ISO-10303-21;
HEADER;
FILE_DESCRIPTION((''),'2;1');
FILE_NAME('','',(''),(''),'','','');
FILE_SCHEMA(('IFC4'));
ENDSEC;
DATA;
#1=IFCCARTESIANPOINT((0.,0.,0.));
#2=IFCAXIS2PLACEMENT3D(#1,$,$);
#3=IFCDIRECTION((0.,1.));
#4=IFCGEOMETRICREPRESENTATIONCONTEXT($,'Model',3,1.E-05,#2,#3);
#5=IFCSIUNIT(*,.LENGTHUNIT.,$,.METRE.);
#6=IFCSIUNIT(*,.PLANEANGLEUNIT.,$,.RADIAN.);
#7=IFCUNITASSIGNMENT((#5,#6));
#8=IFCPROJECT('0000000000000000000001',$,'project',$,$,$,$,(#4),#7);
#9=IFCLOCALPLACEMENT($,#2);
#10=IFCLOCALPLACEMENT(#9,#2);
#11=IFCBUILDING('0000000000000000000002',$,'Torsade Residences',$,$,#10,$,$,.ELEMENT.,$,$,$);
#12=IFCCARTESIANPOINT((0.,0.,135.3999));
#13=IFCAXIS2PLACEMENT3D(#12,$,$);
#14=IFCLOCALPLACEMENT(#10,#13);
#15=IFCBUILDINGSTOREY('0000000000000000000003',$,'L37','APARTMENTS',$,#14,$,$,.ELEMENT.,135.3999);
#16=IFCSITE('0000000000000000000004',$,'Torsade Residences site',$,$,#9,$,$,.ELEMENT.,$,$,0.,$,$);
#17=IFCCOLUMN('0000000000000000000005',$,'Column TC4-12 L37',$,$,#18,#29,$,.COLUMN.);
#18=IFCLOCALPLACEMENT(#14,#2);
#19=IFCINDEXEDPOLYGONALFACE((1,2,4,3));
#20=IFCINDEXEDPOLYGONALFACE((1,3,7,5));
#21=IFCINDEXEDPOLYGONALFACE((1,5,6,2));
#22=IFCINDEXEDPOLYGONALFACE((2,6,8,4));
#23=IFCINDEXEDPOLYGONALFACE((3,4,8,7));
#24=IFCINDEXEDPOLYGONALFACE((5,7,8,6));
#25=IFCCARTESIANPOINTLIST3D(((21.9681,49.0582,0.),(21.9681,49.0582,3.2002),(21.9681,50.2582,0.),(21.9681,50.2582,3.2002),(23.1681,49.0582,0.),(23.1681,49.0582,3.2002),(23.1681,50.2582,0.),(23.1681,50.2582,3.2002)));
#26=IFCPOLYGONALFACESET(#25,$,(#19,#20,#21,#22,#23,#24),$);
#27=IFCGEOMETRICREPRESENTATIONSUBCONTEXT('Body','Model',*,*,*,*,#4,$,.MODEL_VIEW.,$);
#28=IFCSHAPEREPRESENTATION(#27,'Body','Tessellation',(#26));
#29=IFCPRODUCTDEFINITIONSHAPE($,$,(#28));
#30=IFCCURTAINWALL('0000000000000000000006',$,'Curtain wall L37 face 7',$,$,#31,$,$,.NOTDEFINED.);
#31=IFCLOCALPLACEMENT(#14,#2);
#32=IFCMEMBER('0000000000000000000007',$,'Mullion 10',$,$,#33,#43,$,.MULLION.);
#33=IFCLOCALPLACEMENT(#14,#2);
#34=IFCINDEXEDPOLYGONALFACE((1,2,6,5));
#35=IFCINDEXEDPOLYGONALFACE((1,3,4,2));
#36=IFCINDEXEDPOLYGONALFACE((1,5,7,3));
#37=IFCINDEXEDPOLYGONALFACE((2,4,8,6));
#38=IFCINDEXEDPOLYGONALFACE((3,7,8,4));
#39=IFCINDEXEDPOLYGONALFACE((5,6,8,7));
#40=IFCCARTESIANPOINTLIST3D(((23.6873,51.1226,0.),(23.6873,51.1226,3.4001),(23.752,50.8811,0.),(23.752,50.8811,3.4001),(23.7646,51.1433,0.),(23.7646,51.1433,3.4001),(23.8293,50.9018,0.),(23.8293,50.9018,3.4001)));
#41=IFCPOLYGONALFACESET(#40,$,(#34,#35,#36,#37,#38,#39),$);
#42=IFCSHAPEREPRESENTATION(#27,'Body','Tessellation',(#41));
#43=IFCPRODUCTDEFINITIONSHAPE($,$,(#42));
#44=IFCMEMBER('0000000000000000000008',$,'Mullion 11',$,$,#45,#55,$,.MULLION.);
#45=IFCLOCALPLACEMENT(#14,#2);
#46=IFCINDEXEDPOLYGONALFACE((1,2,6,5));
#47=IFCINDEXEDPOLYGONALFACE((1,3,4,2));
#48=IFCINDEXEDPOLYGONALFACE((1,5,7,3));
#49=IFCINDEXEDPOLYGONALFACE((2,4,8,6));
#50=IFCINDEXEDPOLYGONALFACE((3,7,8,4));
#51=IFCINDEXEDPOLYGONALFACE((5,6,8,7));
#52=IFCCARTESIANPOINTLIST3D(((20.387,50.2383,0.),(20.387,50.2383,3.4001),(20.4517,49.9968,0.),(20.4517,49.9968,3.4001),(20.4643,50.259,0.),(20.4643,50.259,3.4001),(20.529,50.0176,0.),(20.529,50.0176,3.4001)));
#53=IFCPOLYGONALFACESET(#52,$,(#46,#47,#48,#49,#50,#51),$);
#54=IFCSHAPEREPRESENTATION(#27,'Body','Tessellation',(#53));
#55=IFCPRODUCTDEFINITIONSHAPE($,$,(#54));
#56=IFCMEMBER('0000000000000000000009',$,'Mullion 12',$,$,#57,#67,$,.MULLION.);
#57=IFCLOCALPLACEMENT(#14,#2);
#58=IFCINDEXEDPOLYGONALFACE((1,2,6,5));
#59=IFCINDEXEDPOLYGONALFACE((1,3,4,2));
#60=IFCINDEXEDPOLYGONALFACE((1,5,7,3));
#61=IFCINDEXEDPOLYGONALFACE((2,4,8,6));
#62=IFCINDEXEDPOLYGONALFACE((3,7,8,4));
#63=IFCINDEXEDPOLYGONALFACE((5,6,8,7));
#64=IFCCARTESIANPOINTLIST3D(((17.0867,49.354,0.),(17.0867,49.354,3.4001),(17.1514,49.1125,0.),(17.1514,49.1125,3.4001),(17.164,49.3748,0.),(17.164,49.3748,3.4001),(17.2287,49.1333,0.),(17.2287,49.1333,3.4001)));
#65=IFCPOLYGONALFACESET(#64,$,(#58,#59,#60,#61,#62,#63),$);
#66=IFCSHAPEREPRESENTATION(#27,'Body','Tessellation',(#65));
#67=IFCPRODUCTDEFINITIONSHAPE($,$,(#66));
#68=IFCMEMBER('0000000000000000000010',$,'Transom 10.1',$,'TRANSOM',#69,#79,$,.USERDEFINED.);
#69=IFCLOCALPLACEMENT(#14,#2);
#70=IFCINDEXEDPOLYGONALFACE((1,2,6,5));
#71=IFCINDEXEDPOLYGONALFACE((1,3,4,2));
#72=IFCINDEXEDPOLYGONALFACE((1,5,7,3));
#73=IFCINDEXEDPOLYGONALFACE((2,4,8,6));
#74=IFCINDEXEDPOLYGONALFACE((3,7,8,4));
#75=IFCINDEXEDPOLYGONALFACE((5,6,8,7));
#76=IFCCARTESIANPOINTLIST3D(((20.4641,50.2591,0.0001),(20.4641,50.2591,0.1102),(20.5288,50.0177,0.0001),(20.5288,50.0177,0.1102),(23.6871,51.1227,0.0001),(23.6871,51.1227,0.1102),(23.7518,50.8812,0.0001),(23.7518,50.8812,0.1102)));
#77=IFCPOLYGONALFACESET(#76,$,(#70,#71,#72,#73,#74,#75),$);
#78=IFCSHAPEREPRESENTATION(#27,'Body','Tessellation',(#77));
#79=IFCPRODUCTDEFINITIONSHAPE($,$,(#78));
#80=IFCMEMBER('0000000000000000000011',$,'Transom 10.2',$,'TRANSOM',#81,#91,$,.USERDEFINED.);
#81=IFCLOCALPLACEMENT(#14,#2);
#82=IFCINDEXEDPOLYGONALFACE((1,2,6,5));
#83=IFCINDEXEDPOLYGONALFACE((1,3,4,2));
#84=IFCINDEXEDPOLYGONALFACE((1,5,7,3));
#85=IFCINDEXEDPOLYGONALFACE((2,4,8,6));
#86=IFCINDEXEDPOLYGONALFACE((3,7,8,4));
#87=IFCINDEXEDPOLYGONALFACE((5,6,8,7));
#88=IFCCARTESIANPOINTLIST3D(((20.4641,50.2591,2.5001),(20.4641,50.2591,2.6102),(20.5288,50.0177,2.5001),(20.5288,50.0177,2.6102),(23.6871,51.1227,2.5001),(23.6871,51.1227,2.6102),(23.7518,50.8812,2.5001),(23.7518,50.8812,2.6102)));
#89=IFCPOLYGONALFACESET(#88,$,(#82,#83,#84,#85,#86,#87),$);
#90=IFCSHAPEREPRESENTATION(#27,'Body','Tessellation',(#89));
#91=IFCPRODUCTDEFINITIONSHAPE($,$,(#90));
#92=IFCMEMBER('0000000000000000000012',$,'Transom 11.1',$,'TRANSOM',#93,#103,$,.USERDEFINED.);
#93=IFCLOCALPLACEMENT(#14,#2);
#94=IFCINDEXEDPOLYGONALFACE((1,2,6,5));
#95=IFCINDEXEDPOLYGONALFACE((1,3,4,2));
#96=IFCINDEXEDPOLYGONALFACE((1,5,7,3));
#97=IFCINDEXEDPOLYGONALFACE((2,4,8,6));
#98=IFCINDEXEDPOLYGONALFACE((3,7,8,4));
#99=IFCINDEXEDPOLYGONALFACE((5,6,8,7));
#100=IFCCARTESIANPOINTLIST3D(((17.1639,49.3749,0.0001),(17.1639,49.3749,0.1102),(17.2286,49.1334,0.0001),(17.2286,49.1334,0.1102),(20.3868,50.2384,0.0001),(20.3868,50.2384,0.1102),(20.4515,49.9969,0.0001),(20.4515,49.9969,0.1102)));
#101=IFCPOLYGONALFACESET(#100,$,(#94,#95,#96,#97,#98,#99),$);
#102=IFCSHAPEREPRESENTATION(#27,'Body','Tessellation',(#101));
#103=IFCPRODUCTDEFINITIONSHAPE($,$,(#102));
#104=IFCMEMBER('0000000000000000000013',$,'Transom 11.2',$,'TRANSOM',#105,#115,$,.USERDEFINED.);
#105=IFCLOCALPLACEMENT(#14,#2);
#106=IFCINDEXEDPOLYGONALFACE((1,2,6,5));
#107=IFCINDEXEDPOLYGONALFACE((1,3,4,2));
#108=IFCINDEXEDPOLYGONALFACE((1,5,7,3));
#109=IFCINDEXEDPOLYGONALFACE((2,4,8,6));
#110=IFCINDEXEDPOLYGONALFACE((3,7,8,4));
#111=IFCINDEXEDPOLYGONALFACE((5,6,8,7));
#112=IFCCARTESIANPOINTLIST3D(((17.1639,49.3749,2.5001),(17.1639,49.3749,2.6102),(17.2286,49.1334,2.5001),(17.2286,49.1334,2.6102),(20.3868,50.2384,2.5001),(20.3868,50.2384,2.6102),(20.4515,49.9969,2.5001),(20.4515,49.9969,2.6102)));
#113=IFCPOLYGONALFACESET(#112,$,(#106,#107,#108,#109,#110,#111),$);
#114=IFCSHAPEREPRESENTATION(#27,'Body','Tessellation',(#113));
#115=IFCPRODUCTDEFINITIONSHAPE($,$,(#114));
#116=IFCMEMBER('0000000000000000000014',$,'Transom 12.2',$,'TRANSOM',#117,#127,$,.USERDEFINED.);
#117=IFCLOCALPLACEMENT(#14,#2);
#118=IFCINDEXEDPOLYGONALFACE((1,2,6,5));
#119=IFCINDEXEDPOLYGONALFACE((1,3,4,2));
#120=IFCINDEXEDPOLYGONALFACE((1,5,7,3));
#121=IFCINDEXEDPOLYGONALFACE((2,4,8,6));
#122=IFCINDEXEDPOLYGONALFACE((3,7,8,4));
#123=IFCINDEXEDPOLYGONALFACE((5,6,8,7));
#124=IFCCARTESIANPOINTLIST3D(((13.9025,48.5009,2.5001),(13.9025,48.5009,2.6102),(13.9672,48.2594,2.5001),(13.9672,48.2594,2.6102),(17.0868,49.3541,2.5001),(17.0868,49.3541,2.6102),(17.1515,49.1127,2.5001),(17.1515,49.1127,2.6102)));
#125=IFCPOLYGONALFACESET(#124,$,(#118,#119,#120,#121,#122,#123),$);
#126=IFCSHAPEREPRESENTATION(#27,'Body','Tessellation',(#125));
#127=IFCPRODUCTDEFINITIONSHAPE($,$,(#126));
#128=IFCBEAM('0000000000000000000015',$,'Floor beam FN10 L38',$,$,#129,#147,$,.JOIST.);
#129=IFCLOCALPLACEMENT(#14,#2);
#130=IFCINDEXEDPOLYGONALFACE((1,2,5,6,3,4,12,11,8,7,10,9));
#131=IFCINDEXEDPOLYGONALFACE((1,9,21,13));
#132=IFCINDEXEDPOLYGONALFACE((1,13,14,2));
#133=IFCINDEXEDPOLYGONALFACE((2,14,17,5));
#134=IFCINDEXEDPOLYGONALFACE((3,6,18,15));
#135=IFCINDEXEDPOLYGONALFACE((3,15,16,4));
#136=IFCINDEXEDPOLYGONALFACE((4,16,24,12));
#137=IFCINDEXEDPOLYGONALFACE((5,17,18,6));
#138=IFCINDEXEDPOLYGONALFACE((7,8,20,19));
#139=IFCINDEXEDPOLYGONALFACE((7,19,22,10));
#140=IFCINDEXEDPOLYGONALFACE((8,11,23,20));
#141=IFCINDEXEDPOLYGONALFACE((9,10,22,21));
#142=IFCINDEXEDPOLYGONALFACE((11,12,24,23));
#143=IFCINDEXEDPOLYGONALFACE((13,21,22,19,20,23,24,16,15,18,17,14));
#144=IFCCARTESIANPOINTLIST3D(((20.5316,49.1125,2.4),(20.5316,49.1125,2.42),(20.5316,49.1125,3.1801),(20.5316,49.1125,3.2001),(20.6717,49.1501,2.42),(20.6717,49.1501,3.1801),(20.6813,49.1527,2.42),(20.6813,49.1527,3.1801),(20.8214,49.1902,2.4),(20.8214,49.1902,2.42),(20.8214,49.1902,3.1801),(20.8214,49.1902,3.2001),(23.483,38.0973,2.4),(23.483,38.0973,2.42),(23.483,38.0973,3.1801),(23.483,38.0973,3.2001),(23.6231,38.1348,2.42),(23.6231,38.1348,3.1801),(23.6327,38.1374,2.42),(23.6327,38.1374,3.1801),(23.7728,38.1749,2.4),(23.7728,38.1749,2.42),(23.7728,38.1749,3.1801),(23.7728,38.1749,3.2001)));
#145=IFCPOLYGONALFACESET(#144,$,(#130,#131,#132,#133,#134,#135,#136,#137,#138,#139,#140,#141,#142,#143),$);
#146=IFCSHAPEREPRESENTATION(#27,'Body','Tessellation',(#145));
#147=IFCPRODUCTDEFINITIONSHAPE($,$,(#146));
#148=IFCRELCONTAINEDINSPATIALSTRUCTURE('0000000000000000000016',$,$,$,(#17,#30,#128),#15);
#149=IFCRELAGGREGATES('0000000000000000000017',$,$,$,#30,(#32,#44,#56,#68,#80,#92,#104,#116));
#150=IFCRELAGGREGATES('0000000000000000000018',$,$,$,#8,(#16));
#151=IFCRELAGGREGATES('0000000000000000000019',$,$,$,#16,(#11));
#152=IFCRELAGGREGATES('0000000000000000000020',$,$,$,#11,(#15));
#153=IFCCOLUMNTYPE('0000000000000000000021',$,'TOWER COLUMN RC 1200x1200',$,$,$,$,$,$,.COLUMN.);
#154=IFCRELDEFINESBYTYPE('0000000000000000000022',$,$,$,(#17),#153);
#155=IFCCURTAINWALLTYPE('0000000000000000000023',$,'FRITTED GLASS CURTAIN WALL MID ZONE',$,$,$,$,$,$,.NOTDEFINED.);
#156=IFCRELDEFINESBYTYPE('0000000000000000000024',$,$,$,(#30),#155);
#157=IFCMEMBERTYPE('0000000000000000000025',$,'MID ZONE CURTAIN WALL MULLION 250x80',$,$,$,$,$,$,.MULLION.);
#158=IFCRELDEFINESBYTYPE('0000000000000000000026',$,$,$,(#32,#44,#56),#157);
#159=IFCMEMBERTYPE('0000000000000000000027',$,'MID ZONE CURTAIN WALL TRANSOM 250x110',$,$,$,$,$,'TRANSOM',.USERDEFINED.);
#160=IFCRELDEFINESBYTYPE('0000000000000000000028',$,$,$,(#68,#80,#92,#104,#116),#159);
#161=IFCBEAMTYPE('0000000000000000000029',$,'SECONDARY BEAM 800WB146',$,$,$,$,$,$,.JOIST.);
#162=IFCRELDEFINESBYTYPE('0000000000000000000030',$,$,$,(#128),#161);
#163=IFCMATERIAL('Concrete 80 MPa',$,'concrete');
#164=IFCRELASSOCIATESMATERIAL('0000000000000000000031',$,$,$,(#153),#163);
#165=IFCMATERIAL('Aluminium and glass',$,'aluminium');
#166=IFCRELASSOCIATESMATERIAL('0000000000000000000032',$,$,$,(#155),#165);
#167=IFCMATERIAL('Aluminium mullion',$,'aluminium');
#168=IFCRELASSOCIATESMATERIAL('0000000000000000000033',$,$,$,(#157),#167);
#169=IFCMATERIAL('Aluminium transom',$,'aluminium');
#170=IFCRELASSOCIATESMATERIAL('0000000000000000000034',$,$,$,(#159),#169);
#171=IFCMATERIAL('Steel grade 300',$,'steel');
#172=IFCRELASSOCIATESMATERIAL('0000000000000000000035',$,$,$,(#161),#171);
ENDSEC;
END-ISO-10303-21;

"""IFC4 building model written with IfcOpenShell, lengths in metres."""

from ifc_helpers import new_model, si_unit, direction, frame, origin, origin_2d, place, context, subcontext, project, spatial, rectangle, i_section, extrude, material, material_profile, profile_set, type_object, element, aggregate, save


model = new_model("IFC4")

# Units and contexts
model_context = context("Model", 3, precision=1e-05, world=origin(), true_north=direction((0.0, 1.0)))
body_context = subcontext(model_context, "Body", "Model", "MODEL_VIEW")
ifc_project = project(units=[si_unit("LENGTHUNIT", "METRE"), si_unit("PLANEANGLEUNIT", "RADIAN")], contexts=[model_context])

# Site, building, storey
site_placement = place(None, origin())
site = spatial("IfcSite", under=ifc_project, at=site_placement, Name="Torsade Residences site", CompositionType="ELEMENT", RefElevation=0.0)
building_placement = place(site_placement, origin())
building = spatial("IfcBuilding", under=site, at=building_placement, Name="Torsade Residences", CompositionType="ELEMENT")
storey_placement = place(building_placement, frame((0.0, 0.0, 135.3999)))
storey = spatial("IfcBuildingStorey", under=building, at=storey_placement, Name="L37", Description="APARTMENTS", CompositionType="ELEMENT", Elevation=135.3999)

# Column
ifc_material_1 = material(Name="Concrete 80 MPa", Category="concrete")
ifc_material_profile_1 = material_profile(ifc_material_1, rectangle(XDim=1.2, YDim=1.2, at=origin_2d()), Name="RC 1200x1200")
ifc_profile_set_1 = profile_set([ifc_material_profile_1], Name="Concrete 80 MPa")
column_type = type_object("IfcColumnType", Name="TOWER COLUMN RC 1200x1200", PredefinedType="COLUMN", material=ifc_profile_set_1)
column_placement = place(storey_placement, frame((22.5681, 49.6582, 0.0), z_axis=(0.0, 0.0, 1.0), x_axis=(1.0, 0.0, 0.0)))
element("IfcColumn", 1, at=column_placement, inside=storey, type_object=column_type, Name="Column TC4-12 L37", PredefinedType="COLUMN", context=body_context, shape_type="SweptSolid", body=[
    extrude(rectangle(XDim=1.2, YDim=1.2, at=origin_2d()), origin(), (0.0, 0.0, 1.0), 3.2002),
])

# Curtain wall, members
ifc_material_2 = material(Name="Aluminium and glass", Category="aluminium")
curtain_wall_type = type_object("IfcCurtainWallType", Name="FRITTED GLASS CURTAIN WALL MID ZONE", PredefinedType="NOTDEFINED", material=ifc_material_2)
curtain_wall_placement = place(storey_placement, origin())
curtain_wall = element("IfcCurtainWall", 2, at=curtain_wall_placement, inside=storey, type_object=curtain_wall_type, Name="Curtain wall L37 face 7", PredefinedType="NOTDEFINED")
ifc_material_3 = material(Name="Aluminium mullion", Category="aluminium")
ifc_material_profile_2 = material_profile(ifc_material_3, rectangle(XDim=0.25, YDim=0.0801, at=origin_2d()), Name="MID ZONE CURTAIN WALL MULLION 250x80")
ifc_profile_set_2 = profile_set([ifc_material_profile_2], Name="Aluminium mullion")
member_type_1 = type_object("IfcMemberType", Name="MID ZONE CURTAIN WALL MULLION 250x80", PredefinedType="MULLION", material=ifc_profile_set_2)
member_1_placement = place(storey_placement, frame((23.7583, 51.0122, 0.0), z_axis=(0.0, 0.0, 1.0), x_axis=(0.258819, -0.965926, 0.0)))
member_1 = element("IfcMember", 3, at=member_1_placement, type_object=member_type_1, Name="Mullion 10", PredefinedType="MULLION", context=body_context, shape_type="SweptSolid", body=[
    extrude(rectangle(XDim=0.25, YDim=0.0801, at=origin_2d()), origin(), (0.0, 0.0, 1.0), 3.4001),
])
member_2_placement = place(storey_placement, frame((20.458, 50.1279, 0.0), z_axis=(0.0, 0.0, 1.0), x_axis=(0.258819, -0.965926, 0.0)))
member_2 = element("IfcMember", 4, at=member_2_placement, type_object=member_type_1, Name="Mullion 11", PredefinedType="MULLION", context=body_context, shape_type="SweptSolid", body=[
    extrude(rectangle(XDim=0.25, YDim=0.0801, at=origin_2d()), origin(), (0.0, 0.0, 1.0), 3.4001),
])
member_3_placement = place(storey_placement, frame((17.1577, 49.2437, 0.0), z_axis=(0.0, 0.0, 1.0), x_axis=(0.258819, -0.965926, 0.0)))
member_3 = element("IfcMember", 5, at=member_3_placement, type_object=member_type_1, Name="Mullion 12", PredefinedType="MULLION", context=body_context, shape_type="SweptSolid", body=[
    extrude(rectangle(XDim=0.25, YDim=0.0801, at=origin_2d()), origin(), (0.0, 0.0, 1.0), 3.4001),
])
ifc_material_4 = material(Name="Aluminium transom", Category="aluminium")
ifc_material_profile_3 = material_profile(ifc_material_4, rectangle(XDim=0.25, YDim=0.1101, at=origin_2d()), Name="MID ZONE CURTAIN WALL TRANSOM 250x110")
ifc_profile_set_3 = profile_set([ifc_material_profile_3], Name="Aluminium transom")
member_type_2 = type_object("IfcMemberType", Name="MID ZONE CURTAIN WALL TRANSOM 250x110", ElementType="TRANSOM", PredefinedType="USERDEFINED", material=ifc_profile_set_3)
member_4_placement = place(storey_placement, frame((23.7195, 51.002, 0.0552), z_axis=(-0.965929, -0.258806, 0.0), x_axis=(0.258806, -0.965929, 0.0)))
member_4 = element("IfcMember", 6, at=member_4_placement, type_object=member_type_2, Name="Transom 10.1", ObjectType="TRANSOM", PredefinedType="USERDEFINED", context=body_context, shape_type="SweptSolid", body=[
    extrude(rectangle(XDim=0.25, YDim=0.1101, at=origin_2d()), origin(), (0.0, 0.0, 1.0), 3.3367),
])
member_5_placement = place(storey_placement, frame((23.7195, 51.002, 2.5552), z_axis=(-0.965929, -0.258806, 0.0), x_axis=(0.258806, -0.965929, 0.0)))
member_5 = element("IfcMember", 7, at=member_5_placement, type_object=member_type_2, Name="Transom 10.2", ObjectType="TRANSOM", PredefinedType="USERDEFINED", context=body_context, shape_type="SweptSolid", body=[
    extrude(rectangle(XDim=0.25, YDim=0.1101, at=origin_2d()), origin(), (0.0, 0.0, 1.0), 3.3367),
])
member_6_placement = place(storey_placement, frame((20.4192, 50.1177, 0.0552), z_axis=(-0.965929, -0.258806, 0.0), x_axis=(0.258806, -0.965929, 0.0)))
member_6 = element("IfcMember", 8, at=member_6_placement, type_object=member_type_2, Name="Transom 11.1", ObjectType="TRANSOM", PredefinedType="USERDEFINED", context=body_context, shape_type="SweptSolid", body=[
    extrude(rectangle(XDim=0.25, YDim=0.1101, at=origin_2d()), origin(), (0.0, 0.0, 1.0), 3.3367),
])
member_7_placement = place(storey_placement, frame((20.4192, 50.1177, 2.5552), z_axis=(-0.965929, -0.258806, 0.0), x_axis=(0.258806, -0.965929, 0.0)))
member_7 = element("IfcMember", 9, at=member_7_placement, type_object=member_type_2, Name="Transom 11.2", ObjectType="TRANSOM", PredefinedType="USERDEFINED", context=body_context, shape_type="SweptSolid", body=[
    extrude(rectangle(XDim=0.25, YDim=0.1101, at=origin_2d()), origin(), (0.0, 0.0, 1.0), 3.3367),
])
member_8_placement = place(storey_placement, frame((17.1191, 49.2334, 2.5552), z_axis=(-0.965923, -0.258829, 0.0), x_axis=(0.258829, -0.965923, 0.0)))
member_8 = element("IfcMember", 10, at=member_8_placement, type_object=member_type_2, Name="Transom 12.2", ObjectType="TRANSOM", PredefinedType="USERDEFINED", context=body_context, shape_type="SweptSolid", body=[
    extrude(rectangle(XDim=0.25, YDim=0.1101, at=origin_2d()), origin(), (0.0, 0.0, 1.0), 3.2966),
])

# Beam
ifc_material_5 = material(Name="Steel grade 300", Category="steel")
ifc_material_profile_4 = material_profile(ifc_material_5, i_section(OverallWidth=0.3, OverallDepth=0.8, WebThickness=0.01, FlangeThickness=0.02, at=origin_2d()), Name="800WB146")
ifc_profile_set_4 = profile_set([ifc_material_profile_4], Name="Steel grade 300")
beam_type_1 = type_object("IfcBeamType", Name="SECONDARY BEAM 800WB146", PredefinedType="JOIST", material=ifc_profile_set_4)
beam_1_placement = place(storey_placement, frame((20.6765, 49.1514, 2.8), z_axis=(0.258807, -0.965929, 0.0), x_axis=(0.965929, 0.258807, 0.0)))
element("IfcBeam", 11, at=beam_1_placement, inside=storey, type_object=beam_type_1, Name="Floor beam FN10 L38", PredefinedType="JOIST", context=body_context, shape_type="SweptSolid", body=[
    extrude(i_section(OverallWidth=0.3, OverallDepth=0.8, WebThickness=0.01, FlangeThickness=0.02, at=origin_2d()), origin(), (0.0, 0.0, 1.0), 11.4038),
])

aggregate(curtain_wall, [member_1, member_2, member_3, member_4, member_5, member_6, member_7, member_8])

save(model, "model.ifc")
